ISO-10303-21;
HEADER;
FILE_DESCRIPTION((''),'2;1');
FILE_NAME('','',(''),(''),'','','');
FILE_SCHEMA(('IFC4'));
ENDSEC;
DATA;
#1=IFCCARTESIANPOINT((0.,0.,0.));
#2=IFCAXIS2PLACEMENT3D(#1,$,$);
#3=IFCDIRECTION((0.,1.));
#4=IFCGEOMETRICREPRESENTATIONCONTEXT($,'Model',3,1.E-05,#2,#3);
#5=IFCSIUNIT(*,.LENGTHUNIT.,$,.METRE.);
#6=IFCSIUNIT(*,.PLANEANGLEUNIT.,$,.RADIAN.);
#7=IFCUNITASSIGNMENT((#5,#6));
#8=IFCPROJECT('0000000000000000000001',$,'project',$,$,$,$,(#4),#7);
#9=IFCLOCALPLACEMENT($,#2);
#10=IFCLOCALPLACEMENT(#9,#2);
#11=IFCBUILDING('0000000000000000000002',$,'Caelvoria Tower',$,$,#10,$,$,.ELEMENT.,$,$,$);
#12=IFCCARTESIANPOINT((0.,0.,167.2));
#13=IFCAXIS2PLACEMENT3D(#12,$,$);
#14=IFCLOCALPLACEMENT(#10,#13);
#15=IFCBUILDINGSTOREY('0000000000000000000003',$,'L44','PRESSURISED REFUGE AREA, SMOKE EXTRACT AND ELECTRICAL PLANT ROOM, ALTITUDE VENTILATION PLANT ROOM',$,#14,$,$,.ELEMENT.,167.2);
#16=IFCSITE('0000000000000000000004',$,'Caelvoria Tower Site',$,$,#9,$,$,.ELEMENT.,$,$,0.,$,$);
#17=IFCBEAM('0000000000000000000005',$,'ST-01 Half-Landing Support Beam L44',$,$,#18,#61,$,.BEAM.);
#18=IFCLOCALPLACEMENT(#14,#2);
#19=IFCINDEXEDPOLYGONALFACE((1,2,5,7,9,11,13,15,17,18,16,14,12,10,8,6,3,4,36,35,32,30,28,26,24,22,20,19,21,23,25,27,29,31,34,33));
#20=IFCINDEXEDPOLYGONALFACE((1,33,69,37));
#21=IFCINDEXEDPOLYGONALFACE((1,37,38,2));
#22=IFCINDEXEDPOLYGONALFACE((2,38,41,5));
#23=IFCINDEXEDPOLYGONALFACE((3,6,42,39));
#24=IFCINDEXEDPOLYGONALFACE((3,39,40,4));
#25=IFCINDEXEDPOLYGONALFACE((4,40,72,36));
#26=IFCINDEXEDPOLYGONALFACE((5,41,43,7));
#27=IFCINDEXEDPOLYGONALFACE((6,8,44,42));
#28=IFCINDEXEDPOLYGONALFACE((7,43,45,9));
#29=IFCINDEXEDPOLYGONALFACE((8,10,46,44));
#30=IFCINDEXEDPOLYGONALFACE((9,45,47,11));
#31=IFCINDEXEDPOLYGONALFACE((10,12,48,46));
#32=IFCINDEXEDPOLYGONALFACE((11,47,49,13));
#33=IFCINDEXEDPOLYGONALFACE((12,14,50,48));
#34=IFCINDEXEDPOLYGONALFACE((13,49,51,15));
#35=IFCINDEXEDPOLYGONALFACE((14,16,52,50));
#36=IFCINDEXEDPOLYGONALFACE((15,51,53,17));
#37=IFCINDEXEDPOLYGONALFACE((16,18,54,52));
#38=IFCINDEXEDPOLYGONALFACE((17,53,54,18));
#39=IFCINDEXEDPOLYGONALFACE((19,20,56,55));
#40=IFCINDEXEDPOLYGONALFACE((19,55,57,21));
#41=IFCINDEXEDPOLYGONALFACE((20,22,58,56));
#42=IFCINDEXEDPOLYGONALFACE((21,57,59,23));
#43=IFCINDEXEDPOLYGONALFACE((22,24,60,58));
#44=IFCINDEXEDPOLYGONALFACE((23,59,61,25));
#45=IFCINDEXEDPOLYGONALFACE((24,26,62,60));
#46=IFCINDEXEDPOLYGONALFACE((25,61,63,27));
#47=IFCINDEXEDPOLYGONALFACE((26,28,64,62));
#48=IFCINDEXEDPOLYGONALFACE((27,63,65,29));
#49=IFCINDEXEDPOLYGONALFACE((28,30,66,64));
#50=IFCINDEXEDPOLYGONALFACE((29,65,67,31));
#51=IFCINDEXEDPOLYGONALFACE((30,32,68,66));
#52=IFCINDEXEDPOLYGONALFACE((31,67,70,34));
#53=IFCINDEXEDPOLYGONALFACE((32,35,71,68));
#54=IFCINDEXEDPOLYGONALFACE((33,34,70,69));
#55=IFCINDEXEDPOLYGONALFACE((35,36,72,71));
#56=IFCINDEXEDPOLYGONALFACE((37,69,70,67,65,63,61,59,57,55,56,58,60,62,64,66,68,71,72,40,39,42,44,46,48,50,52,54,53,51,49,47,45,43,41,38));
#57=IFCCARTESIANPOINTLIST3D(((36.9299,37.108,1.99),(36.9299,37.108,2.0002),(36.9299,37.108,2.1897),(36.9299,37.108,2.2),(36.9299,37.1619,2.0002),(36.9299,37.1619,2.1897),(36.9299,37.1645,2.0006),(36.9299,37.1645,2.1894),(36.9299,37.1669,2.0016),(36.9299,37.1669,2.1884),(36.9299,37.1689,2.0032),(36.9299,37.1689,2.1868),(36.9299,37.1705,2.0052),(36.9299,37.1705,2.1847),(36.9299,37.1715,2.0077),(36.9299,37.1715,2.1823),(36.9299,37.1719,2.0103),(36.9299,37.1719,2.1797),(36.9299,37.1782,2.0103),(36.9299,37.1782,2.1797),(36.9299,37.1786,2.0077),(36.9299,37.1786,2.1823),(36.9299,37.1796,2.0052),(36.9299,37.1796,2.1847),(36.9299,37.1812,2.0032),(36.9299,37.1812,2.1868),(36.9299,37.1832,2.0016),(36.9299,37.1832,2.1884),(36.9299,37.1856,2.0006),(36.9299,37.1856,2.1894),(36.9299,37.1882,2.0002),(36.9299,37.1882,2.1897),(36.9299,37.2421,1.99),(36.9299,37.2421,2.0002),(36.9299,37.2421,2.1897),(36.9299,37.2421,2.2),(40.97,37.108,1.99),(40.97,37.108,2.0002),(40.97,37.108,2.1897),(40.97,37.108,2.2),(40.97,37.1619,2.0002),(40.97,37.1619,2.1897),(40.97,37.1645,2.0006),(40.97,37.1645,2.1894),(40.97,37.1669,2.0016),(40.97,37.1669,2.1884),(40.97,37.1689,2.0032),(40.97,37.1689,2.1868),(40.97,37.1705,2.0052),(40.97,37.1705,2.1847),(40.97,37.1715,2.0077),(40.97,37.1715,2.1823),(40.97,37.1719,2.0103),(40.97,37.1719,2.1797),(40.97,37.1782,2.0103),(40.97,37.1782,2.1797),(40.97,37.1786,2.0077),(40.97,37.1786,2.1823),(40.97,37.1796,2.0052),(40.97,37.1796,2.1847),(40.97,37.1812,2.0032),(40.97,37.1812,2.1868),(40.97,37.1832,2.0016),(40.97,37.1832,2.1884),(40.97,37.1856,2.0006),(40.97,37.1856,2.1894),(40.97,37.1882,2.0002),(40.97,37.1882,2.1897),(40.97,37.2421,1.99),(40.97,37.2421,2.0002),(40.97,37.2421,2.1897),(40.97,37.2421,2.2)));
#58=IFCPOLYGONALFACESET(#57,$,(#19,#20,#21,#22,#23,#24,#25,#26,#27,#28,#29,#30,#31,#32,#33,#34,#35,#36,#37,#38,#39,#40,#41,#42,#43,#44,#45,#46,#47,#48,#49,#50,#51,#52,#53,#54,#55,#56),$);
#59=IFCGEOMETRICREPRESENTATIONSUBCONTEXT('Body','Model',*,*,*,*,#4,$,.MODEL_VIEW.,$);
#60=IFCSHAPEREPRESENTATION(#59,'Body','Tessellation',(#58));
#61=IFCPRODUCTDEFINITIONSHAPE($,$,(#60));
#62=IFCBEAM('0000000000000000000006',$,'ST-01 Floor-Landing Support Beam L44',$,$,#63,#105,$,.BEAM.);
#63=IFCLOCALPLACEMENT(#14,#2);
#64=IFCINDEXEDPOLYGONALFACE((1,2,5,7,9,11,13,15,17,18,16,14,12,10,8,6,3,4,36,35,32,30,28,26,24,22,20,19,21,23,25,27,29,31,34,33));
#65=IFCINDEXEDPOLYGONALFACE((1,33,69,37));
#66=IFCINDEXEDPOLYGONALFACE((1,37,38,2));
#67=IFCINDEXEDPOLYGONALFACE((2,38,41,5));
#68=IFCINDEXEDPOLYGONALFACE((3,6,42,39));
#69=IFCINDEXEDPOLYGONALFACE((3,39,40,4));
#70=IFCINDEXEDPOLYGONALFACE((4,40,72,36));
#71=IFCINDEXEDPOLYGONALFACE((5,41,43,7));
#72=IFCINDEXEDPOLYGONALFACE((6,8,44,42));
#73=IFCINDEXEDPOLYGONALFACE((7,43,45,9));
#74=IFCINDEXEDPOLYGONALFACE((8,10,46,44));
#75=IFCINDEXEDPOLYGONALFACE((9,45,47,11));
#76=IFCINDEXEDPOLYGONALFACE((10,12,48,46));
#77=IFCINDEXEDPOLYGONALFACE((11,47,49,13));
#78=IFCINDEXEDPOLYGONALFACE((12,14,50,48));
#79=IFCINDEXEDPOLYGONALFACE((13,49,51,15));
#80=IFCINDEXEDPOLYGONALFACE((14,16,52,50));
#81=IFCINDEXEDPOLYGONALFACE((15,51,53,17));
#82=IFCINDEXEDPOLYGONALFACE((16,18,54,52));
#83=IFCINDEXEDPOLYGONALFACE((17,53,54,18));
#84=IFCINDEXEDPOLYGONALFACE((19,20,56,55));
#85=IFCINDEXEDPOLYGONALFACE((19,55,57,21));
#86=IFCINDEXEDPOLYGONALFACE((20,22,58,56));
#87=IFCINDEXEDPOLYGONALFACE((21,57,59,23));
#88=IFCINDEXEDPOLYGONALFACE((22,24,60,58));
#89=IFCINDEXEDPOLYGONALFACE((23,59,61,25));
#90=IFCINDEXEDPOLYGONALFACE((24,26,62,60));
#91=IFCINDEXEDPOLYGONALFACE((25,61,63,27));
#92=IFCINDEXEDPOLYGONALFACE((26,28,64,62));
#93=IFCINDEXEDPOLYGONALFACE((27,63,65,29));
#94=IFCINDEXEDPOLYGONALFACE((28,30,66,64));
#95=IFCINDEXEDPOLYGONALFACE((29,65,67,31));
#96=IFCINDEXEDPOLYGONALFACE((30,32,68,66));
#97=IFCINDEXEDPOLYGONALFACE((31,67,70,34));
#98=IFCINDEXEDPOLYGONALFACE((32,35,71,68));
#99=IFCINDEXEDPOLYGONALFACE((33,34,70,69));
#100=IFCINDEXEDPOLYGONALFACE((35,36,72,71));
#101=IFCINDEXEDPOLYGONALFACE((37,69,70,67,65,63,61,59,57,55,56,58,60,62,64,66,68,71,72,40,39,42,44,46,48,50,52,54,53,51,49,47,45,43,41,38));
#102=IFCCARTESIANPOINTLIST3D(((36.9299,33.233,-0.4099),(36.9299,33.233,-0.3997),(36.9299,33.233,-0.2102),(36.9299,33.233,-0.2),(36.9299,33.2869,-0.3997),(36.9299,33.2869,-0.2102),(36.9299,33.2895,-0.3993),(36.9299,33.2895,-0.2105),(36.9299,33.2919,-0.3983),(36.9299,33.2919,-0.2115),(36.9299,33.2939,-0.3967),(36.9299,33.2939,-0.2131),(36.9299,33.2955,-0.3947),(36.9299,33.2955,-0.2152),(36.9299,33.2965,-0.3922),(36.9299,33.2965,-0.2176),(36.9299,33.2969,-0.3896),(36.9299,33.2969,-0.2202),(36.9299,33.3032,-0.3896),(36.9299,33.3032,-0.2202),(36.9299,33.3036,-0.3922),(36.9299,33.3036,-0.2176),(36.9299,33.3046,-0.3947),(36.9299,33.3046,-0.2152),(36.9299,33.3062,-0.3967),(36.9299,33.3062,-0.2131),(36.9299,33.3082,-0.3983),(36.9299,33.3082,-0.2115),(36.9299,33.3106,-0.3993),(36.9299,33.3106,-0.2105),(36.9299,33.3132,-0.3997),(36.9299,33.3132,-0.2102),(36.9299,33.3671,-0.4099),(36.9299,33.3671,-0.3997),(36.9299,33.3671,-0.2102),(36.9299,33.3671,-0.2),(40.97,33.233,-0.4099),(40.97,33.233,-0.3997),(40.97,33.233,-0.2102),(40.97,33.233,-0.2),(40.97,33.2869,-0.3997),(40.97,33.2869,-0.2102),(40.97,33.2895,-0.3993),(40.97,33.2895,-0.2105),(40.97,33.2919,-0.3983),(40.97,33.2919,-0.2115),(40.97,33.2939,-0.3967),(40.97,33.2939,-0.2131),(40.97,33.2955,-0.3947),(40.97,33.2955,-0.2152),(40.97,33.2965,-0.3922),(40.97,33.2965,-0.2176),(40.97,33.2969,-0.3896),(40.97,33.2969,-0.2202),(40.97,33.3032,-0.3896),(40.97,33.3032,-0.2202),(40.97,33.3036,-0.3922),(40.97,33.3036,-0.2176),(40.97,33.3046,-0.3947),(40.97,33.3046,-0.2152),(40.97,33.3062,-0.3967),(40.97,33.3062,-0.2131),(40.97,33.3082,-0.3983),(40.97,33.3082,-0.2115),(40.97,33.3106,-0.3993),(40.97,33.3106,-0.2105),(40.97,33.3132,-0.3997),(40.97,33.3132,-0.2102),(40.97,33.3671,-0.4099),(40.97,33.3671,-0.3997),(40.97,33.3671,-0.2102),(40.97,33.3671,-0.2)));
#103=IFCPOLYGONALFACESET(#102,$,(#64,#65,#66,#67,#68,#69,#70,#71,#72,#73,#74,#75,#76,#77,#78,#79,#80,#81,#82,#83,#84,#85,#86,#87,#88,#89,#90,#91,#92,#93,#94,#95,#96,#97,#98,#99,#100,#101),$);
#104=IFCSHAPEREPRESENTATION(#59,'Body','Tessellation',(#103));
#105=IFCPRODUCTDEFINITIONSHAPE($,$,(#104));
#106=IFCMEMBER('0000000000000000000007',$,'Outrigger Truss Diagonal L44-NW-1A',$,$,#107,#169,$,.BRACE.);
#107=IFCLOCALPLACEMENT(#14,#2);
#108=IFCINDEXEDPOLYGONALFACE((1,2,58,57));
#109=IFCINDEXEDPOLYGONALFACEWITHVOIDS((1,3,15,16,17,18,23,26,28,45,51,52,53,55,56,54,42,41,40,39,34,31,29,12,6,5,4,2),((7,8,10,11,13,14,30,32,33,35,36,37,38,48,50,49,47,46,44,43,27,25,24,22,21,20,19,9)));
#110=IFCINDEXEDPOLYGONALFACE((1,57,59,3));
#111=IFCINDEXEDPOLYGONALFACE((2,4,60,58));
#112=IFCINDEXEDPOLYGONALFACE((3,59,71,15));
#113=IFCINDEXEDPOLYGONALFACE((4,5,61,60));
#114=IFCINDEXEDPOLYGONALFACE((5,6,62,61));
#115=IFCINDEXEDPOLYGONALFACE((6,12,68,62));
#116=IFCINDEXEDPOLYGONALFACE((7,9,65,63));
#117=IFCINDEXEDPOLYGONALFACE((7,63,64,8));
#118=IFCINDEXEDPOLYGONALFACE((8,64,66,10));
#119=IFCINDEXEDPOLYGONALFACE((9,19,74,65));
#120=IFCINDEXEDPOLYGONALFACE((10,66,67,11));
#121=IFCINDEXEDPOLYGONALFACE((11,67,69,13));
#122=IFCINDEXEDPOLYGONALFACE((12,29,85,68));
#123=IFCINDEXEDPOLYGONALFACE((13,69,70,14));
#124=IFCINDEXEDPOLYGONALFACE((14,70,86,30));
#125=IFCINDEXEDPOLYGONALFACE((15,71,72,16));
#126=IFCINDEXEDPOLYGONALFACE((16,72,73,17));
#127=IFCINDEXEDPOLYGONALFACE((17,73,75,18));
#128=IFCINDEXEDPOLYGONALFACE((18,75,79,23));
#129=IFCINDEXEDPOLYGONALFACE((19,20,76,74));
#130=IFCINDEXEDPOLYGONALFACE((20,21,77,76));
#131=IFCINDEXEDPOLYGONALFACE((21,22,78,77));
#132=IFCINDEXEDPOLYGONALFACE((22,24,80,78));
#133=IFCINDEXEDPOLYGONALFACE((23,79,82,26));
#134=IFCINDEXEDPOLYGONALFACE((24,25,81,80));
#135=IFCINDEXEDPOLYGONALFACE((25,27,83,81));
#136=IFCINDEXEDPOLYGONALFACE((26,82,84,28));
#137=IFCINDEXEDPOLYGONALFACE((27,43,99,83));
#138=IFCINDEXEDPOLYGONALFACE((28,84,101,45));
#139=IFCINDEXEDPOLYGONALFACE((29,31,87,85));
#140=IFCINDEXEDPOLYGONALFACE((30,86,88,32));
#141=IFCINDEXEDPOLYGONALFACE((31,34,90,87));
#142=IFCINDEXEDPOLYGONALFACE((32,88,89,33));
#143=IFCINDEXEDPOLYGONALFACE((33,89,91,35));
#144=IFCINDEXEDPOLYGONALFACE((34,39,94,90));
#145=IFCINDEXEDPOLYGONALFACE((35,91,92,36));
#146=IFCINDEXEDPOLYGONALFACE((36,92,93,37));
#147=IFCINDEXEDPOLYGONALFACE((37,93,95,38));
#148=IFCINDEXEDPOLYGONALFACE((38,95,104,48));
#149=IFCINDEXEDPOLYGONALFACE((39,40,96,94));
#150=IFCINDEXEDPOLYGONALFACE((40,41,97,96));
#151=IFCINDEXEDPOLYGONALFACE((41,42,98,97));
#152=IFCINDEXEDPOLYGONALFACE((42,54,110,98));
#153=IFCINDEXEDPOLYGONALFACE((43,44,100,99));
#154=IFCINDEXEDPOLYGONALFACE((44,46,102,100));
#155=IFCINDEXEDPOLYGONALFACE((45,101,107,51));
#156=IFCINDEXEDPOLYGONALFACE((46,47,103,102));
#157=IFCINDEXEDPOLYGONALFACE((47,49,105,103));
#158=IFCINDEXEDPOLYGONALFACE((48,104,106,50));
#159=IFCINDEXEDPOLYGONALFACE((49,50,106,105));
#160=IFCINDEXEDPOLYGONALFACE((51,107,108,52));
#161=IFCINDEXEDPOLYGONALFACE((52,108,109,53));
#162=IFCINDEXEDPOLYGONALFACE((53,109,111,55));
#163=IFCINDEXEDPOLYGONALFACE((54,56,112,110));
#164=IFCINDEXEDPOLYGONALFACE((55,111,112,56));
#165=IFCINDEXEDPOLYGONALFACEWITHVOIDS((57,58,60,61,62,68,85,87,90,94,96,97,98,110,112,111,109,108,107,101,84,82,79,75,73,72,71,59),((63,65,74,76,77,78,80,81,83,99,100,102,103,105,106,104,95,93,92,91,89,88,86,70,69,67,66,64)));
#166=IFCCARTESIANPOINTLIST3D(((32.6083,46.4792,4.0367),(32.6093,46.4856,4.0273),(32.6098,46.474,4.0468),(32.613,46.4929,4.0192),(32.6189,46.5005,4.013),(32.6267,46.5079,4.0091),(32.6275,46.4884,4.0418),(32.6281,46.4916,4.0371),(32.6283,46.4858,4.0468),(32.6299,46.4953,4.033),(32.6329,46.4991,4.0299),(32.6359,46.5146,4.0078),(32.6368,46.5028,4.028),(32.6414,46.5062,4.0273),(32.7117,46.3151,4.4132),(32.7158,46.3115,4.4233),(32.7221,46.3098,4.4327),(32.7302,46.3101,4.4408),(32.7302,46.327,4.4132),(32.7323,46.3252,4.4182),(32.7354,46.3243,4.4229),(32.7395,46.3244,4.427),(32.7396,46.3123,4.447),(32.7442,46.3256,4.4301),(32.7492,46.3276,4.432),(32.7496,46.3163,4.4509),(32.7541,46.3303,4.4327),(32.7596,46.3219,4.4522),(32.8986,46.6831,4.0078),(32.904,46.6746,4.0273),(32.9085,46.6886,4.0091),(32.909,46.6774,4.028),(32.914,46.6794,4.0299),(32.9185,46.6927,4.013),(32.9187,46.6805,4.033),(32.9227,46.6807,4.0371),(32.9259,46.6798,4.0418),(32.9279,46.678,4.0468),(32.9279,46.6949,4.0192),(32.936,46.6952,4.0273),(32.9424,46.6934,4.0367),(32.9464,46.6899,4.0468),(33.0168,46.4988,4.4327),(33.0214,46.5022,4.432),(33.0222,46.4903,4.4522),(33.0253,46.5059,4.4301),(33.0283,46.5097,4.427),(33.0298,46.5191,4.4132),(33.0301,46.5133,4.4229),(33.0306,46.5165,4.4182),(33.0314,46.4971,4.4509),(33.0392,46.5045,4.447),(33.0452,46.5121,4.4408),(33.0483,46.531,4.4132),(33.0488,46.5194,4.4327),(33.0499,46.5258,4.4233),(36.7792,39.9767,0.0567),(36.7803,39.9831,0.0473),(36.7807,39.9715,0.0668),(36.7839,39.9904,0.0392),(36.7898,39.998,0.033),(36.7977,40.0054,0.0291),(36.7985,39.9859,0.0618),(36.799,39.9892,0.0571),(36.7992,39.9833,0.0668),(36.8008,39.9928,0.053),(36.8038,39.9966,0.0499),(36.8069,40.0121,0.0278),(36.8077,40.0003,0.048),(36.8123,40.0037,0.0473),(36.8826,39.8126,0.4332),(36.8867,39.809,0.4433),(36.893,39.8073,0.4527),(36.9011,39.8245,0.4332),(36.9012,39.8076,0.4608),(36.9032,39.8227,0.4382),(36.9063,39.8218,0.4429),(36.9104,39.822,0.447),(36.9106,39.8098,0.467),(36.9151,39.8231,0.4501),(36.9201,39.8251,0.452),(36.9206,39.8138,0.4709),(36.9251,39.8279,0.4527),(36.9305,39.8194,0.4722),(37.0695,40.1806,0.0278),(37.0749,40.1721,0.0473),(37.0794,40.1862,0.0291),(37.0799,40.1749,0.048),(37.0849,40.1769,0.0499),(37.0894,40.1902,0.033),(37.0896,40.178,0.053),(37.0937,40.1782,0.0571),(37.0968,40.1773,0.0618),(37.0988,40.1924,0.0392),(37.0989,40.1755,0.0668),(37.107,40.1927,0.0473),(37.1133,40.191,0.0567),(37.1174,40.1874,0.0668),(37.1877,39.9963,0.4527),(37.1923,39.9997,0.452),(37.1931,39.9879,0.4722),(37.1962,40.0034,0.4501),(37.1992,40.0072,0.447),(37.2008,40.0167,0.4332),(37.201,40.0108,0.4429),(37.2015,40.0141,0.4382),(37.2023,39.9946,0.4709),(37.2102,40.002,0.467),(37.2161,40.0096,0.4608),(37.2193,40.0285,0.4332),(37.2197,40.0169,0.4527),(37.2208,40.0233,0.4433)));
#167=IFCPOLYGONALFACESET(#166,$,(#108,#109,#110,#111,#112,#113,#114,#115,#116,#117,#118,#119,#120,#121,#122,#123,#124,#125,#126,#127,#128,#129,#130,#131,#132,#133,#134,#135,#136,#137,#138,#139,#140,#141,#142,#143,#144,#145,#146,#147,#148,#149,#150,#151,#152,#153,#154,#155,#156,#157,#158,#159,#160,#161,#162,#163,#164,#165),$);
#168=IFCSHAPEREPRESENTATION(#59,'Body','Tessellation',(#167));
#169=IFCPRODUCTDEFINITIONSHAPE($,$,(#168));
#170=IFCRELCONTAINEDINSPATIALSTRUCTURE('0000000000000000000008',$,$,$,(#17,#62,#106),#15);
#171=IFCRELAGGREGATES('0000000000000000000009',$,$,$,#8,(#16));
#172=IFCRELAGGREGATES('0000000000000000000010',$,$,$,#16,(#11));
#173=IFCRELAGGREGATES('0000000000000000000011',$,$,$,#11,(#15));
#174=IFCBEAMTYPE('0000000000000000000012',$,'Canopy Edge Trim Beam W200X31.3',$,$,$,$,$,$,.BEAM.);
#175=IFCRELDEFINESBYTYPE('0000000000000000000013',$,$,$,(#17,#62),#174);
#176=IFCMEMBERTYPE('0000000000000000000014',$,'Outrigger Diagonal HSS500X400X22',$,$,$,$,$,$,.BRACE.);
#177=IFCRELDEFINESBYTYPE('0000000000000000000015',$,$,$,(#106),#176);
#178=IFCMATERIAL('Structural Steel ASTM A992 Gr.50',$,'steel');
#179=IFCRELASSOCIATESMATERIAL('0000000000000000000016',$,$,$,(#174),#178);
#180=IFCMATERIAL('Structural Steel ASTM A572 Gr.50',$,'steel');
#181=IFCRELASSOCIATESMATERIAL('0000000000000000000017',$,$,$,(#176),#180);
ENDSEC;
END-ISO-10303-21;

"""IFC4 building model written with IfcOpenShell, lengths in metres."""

from ifc_helpers import new_model, si_unit, direction, frame, origin, origin_2d, place, context, subcontext, project, spatial, hollow_rectangle, i_section, extrude, material, material_profile, profile_set, type_object, element, save


model = new_model("IFC4")

# Units and contexts
model_context = context("Model", 3, precision=1e-05, world=origin(), true_north=direction((0.0, 1.0)))
body_context = subcontext(model_context, "Body", "Model", "MODEL_VIEW")
ifc_project = project(units=[si_unit("LENGTHUNIT", "METRE"), si_unit("PLANEANGLEUNIT", "RADIAN")], contexts=[model_context])

# Site, building, storey
site_placement = place(None, origin())
site = spatial("IfcSite", under=ifc_project, at=site_placement, Name="Caelvoria Tower Site", CompositionType="ELEMENT", RefElevation=0.0)
building_placement = place(site_placement, origin())
building = spatial("IfcBuilding", under=site, at=building_placement, Name="Caelvoria Tower", CompositionType="ELEMENT")
storey_placement = place(building_placement, frame((0.0, 0.0, 167.2)))
storey = spatial("IfcBuildingStorey", under=building, at=storey_placement, Name="L44", Description="PRESSURISED REFUGE AREA, SMOKE EXTRACT AND ELECTRICAL PLANT ROOM, ALTITUDE VENTILATION PLANT ROOM", CompositionType="ELEMENT", Elevation=167.2)

# Beams
ifc_material_1 = material(Name="Structural Steel ASTM A992 Gr.50", Category="steel")
ifc_material_profile_1 = material_profile(ifc_material_1, i_section(OverallWidth=0.134, OverallDepth=0.21, WebThickness=0.0063, FlangeThickness=0.0103, FilletRadius=0.01, at=origin_2d()), Name="Structural Steel ASTM A992 Gr.50")
ifc_profile_set_1 = profile_set([ifc_material_profile_1], Name="W200X31.3 - Structural Steel ASTM A992 Gr.50")
beam_type_1 = type_object("IfcBeamType", Name="Canopy Edge Trim Beam W200X31.3", PredefinedType="BEAM", material=ifc_profile_set_1)
for number, where, z_axis, x_axis, name in (
    (1, (36.9299, 37.175, 2.095), (1.0, 0.0, 0.0), (0.0, 1.0, 0.0), "ST-01 Half-Landing Support Beam L44"),
    (2, (36.9299, 33.3, -0.3049), (1.0, 0.0, 0.0), (0.0, 1.0, 0.0), "ST-01 Floor-Landing Support Beam L44"),
):
    element("IfcBeam", number, at=place(storey_placement, frame(where, z_axis=z_axis, x_axis=x_axis)), inside=storey, type_object=beam_type_1, Name=name, PredefinedType="BEAM", context=body_context, shape_type="SweptSolid", body=[
        extrude(i_section(OverallWidth=0.134, OverallDepth=0.21, WebThickness=0.0063, FlangeThickness=0.0103, FilletRadius=0.01, at=origin_2d()), origin(), (0.0, 0.0, 1.0), 4.04),
    ])

# Member
ifc_material_2 = material(Name="Structural Steel ASTM A572 Gr.50", Category="steel")
ifc_material_profile_2 = material_profile(ifc_material_2, hollow_rectangle(XDim=0.3999, YDim=0.5, WallThickness=0.022, InnerFilletRadius=0.022, OuterFilletRadius=0.0439, at=origin_2d()), Name="Structural Steel ASTM A572 Gr.50")
ifc_profile_set_2 = profile_set([ifc_material_profile_2], Name="HSS500X400X22 - Structural Steel ASTM A572 Gr.50")
member_type = type_object("IfcMemberType", Name="Outrigger Diagonal HSS500X400X22", PredefinedType="BRACE", material=ifc_profile_set_2)
member_1_placement = place(storey_placement, frame((37.0, 40.0, 0.25), z_axis=(-0.479958, 0.748256, 0.457989), x_axis=(-0.841722, -0.539911, 0.0)))
element("IfcMember", 3, at=member_1_placement, inside=storey, type_object=member_type, Name="Outrigger Truss Diagonal L44-NW-1A", PredefinedType="BRACE", context=body_context, shape_type="SweptSolid", body=[
    extrude(hollow_rectangle(XDim=0.3999, YDim=0.5, WallThickness=0.022, InnerFilletRadius=0.022, OuterFilletRadius=0.0439, at=origin_2d()), origin(), (0.0, 0.0, 1.0), 8.6902),
])

save(model, "model.ifc")
